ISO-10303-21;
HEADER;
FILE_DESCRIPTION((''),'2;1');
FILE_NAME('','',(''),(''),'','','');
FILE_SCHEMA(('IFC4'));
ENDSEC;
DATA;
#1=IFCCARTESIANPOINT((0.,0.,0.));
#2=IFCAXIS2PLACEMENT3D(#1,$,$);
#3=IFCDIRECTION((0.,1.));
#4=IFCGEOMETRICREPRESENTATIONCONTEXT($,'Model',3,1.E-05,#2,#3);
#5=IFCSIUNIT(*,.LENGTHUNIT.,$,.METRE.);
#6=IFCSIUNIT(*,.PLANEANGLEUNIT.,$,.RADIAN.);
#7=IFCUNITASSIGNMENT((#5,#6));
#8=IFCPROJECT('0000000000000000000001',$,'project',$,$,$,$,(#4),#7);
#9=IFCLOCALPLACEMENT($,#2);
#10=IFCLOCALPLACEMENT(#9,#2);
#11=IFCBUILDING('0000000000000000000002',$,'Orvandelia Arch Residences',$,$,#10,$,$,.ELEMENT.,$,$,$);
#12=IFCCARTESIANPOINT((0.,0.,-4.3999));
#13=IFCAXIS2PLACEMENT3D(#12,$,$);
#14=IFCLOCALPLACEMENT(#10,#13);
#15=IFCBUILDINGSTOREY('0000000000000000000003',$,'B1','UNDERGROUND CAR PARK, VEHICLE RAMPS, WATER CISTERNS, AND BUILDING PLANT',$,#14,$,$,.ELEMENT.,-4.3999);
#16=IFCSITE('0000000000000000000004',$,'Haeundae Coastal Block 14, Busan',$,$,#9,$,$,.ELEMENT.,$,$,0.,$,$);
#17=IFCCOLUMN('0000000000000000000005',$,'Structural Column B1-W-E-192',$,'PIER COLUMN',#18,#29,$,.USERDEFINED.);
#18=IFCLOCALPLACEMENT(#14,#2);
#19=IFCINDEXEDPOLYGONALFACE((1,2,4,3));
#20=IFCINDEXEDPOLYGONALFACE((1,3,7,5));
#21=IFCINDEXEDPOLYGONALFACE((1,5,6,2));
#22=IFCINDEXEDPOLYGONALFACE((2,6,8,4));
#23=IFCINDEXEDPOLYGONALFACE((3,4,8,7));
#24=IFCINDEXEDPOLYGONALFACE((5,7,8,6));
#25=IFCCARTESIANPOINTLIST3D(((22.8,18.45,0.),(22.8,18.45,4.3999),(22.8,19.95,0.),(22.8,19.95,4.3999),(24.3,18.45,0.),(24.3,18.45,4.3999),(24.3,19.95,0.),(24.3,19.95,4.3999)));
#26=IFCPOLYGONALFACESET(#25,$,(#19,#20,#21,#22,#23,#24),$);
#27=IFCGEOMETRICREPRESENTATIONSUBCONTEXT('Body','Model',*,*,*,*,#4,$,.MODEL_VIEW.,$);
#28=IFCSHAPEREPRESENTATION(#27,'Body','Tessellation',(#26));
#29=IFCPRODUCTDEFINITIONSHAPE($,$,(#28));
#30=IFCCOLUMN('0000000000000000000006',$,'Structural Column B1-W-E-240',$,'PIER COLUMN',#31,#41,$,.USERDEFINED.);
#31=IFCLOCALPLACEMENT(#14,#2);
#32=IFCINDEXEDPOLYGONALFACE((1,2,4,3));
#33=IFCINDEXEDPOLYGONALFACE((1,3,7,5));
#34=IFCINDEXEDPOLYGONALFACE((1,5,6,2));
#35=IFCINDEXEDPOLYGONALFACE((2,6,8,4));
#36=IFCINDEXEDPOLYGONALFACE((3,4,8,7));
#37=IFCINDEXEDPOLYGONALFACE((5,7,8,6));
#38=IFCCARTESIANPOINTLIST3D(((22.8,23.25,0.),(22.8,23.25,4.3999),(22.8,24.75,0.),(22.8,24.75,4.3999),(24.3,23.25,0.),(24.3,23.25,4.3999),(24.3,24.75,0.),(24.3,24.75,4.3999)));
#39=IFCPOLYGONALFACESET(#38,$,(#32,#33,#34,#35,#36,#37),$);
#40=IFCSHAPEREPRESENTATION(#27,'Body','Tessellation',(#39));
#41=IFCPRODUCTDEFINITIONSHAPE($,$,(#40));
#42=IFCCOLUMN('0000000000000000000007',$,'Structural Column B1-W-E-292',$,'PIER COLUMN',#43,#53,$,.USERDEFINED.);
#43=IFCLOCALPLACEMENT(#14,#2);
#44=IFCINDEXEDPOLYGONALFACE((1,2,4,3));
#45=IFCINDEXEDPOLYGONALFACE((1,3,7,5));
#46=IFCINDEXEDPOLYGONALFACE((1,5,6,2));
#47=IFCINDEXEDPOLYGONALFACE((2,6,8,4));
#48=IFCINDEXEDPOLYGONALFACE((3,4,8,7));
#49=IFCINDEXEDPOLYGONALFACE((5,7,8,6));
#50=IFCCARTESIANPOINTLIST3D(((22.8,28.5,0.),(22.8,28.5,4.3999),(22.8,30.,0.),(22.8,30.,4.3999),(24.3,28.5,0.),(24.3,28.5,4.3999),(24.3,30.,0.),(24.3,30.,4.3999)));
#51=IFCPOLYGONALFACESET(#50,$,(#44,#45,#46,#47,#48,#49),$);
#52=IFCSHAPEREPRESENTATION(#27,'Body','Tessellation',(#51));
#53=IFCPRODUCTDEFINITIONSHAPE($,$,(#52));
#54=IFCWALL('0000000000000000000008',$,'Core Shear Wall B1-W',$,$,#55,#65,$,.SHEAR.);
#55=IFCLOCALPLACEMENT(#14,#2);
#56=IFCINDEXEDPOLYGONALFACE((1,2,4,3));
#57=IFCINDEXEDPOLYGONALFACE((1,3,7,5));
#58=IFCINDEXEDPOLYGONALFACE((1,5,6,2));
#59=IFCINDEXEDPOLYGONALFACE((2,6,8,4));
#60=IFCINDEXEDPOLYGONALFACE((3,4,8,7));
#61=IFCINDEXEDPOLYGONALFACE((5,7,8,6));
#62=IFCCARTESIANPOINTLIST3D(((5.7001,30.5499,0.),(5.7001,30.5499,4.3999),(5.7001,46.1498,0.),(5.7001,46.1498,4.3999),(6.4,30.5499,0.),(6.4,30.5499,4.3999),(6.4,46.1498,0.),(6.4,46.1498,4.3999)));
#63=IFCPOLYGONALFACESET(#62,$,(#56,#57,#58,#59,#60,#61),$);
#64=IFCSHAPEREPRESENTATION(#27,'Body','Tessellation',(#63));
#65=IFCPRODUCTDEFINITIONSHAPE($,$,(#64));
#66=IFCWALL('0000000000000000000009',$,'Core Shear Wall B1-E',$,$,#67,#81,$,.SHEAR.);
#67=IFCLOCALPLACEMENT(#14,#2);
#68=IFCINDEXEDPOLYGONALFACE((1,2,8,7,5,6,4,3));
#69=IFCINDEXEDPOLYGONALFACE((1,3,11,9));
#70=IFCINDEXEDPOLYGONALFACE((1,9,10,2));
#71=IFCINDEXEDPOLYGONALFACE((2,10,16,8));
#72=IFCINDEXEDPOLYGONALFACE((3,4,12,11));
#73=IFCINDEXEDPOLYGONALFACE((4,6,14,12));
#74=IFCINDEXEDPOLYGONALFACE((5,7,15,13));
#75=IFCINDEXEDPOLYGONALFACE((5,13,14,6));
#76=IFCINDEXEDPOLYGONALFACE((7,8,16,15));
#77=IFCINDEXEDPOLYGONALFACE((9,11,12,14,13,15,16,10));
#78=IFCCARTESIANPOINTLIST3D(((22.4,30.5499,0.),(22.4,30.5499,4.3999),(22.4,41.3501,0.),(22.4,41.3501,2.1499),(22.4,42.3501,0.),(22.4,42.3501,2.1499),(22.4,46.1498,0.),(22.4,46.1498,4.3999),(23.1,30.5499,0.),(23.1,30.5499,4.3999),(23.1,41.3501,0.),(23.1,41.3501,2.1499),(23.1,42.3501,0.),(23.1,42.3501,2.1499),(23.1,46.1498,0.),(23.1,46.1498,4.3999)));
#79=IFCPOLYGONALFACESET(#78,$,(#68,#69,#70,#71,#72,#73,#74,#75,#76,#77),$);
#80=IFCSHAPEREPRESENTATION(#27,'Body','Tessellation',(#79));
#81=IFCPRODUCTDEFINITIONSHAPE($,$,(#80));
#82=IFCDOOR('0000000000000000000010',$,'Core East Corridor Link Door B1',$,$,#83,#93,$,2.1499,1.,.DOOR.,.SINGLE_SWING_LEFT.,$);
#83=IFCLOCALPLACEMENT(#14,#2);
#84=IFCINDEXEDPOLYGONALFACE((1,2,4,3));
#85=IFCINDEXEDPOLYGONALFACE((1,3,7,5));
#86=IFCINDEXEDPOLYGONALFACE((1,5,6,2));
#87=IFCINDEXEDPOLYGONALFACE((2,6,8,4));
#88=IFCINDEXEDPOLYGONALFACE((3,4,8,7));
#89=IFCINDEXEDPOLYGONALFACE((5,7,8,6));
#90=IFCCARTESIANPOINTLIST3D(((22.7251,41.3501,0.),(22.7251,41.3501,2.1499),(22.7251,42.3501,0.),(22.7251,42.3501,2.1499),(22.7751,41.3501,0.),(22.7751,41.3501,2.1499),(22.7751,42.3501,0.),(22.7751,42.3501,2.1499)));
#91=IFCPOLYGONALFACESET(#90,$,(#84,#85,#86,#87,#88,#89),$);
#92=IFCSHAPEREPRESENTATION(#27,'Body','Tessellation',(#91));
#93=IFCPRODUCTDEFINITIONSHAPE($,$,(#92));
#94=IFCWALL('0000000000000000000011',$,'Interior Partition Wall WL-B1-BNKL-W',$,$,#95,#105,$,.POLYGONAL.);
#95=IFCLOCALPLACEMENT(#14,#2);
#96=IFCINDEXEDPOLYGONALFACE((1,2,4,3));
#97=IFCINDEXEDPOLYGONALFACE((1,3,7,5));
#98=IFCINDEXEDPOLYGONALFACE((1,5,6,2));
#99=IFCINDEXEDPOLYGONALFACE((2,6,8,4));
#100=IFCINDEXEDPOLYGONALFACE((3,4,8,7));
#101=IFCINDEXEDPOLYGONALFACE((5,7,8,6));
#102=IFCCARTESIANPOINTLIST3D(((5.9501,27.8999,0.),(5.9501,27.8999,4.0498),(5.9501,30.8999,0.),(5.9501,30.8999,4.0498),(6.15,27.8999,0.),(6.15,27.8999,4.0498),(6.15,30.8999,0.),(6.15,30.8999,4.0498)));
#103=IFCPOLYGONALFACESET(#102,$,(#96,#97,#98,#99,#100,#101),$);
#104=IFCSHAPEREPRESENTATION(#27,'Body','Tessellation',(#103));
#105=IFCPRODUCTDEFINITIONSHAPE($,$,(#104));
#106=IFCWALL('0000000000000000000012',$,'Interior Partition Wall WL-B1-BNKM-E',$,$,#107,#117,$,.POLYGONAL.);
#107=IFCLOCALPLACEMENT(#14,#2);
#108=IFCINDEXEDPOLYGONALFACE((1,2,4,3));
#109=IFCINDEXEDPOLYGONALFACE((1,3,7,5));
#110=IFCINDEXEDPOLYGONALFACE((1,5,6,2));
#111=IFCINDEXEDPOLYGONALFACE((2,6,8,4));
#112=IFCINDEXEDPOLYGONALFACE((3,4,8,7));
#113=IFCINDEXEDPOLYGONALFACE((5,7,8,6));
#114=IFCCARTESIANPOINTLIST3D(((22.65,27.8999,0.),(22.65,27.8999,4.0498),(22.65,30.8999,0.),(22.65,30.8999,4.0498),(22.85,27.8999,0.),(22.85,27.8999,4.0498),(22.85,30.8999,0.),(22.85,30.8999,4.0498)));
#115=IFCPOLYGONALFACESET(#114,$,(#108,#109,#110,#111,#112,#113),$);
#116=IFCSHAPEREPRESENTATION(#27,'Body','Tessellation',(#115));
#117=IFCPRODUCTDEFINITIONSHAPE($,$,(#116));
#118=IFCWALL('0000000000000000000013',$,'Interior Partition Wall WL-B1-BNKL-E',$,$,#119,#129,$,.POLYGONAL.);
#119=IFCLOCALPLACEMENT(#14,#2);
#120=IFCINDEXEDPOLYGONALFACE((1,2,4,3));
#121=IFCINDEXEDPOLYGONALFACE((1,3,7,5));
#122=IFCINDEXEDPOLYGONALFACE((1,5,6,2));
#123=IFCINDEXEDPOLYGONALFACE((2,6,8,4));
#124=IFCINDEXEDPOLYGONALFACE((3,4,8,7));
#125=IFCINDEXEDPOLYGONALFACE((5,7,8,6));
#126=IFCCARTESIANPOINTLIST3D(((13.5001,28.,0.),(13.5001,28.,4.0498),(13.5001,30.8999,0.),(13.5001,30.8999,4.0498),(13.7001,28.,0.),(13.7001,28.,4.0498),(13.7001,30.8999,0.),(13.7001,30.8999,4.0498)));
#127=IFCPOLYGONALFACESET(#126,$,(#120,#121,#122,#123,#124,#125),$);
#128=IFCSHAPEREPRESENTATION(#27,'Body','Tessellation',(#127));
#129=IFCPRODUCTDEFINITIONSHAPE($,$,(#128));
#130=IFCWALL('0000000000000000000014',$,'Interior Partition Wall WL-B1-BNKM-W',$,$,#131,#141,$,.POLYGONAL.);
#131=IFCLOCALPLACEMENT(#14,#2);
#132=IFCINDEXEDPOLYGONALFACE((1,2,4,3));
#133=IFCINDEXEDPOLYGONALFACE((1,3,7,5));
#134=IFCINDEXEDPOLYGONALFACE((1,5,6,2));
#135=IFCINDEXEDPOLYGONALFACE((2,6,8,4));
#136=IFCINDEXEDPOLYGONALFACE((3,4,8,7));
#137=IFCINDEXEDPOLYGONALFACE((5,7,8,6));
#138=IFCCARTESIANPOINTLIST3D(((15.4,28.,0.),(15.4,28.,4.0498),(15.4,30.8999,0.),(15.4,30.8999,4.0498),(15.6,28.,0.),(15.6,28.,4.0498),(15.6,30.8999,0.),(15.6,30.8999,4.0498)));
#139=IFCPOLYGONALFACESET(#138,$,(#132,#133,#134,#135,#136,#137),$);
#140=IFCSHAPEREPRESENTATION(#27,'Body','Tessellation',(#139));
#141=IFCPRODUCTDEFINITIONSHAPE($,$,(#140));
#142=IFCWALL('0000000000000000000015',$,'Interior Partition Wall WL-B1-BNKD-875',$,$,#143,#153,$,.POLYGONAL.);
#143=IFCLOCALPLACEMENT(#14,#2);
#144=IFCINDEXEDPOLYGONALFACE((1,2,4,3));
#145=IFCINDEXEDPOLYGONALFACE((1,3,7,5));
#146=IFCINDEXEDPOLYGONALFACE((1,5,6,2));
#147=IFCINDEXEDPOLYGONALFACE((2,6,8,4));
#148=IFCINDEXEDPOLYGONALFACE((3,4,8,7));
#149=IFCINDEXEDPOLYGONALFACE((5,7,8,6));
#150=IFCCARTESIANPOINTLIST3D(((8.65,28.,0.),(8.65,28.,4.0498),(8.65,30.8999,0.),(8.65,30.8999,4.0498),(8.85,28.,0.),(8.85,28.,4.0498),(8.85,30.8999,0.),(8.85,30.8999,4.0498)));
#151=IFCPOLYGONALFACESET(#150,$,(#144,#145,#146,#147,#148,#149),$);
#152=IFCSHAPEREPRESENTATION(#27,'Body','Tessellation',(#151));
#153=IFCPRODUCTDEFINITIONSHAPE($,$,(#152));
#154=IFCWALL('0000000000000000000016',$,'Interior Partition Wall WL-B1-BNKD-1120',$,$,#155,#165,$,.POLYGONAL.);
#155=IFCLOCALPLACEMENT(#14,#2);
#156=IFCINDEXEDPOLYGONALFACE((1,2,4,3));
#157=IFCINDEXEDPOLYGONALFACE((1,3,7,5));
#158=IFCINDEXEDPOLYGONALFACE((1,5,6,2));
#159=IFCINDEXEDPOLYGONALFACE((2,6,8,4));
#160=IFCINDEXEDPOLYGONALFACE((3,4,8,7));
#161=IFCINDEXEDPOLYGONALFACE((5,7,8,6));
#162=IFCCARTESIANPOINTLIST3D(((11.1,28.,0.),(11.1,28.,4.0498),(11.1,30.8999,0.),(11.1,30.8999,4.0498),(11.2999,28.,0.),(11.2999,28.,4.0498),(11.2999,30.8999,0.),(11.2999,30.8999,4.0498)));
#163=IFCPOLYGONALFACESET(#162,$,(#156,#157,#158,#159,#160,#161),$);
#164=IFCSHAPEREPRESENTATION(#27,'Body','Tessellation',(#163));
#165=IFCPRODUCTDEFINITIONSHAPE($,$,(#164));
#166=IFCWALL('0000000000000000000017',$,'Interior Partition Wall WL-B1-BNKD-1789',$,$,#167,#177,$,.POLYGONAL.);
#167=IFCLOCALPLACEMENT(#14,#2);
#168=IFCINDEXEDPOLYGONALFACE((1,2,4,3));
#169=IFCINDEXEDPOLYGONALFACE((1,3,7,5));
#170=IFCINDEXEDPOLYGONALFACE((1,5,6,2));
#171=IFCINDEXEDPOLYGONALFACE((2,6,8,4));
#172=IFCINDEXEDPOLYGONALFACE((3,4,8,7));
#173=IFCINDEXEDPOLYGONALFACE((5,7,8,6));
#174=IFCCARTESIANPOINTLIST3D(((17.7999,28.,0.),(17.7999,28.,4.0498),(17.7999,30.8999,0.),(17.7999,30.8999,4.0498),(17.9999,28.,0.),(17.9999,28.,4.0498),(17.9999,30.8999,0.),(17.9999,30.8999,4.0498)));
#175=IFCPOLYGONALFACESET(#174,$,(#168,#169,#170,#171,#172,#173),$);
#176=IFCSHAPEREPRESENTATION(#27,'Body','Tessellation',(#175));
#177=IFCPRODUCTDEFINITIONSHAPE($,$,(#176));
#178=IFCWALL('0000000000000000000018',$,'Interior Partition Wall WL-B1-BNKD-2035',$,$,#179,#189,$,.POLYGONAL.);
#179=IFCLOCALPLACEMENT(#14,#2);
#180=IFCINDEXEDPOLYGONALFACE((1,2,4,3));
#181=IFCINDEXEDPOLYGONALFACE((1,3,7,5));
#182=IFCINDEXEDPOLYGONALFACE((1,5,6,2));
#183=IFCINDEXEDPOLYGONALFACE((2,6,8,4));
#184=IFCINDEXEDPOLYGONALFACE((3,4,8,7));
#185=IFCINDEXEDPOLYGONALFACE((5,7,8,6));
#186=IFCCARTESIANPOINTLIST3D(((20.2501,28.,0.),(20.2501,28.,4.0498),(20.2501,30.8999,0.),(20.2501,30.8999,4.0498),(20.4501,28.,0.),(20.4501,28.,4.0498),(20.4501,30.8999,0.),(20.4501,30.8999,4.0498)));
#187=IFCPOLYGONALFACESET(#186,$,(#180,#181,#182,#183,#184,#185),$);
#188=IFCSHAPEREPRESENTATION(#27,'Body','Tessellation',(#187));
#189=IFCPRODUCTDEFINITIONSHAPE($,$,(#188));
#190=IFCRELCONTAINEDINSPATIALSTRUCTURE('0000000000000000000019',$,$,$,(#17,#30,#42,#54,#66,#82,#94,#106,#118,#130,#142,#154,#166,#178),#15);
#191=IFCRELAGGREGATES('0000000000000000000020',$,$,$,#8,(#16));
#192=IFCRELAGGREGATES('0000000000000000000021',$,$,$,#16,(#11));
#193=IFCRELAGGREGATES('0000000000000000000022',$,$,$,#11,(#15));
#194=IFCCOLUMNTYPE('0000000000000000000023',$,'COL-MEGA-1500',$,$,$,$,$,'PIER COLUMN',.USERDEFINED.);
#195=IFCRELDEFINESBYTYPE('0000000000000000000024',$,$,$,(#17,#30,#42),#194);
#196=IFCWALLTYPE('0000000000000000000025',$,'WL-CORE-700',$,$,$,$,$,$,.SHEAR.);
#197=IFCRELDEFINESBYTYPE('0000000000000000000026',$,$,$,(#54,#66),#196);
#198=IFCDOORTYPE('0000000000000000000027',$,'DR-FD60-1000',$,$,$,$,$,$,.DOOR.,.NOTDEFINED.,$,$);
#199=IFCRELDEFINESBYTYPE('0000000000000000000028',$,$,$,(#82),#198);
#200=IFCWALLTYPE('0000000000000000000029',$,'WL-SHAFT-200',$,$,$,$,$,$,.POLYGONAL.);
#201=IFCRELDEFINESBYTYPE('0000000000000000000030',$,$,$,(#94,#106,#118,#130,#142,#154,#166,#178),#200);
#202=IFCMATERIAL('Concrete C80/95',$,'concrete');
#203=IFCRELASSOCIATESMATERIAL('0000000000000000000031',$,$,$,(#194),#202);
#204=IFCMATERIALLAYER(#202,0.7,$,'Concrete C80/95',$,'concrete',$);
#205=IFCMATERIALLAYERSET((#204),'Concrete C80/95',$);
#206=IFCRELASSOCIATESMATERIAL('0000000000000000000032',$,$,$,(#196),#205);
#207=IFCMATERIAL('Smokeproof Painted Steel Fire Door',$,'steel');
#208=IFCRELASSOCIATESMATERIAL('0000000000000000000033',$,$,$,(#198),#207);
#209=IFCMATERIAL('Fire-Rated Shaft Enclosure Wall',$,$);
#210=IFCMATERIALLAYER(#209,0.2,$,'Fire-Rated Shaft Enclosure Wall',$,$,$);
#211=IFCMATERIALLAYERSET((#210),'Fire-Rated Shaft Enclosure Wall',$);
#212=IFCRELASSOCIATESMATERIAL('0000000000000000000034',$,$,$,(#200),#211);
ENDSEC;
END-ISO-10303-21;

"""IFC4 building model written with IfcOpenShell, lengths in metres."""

from ifc_helpers import new_model, si_unit, direction, frame, frame_2d, origin, origin_2d, place, context, subcontext, project, spatial, rectangle, extrude, material, layer, layer_set, material_profile, profile_set, type_object, element, fill, save


model = new_model("IFC4")

# Units and contexts
model_context = context("Model", 3, precision=1e-05, world=origin(), true_north=direction((0.0, 1.0)))
body_context = subcontext(model_context, "Body", "Model", "MODEL_VIEW")
ifc_project = project(units=[si_unit("LENGTHUNIT", "METRE"), si_unit("PLANEANGLEUNIT", "RADIAN")], contexts=[model_context])

# Site, building, storey
site_placement = place(None, origin())
site = spatial("IfcSite", under=ifc_project, at=site_placement, Name="Haeundae Coastal Block 14, Busan", CompositionType="ELEMENT", RefElevation=0.0)
building_placement = place(site_placement, origin())
building = spatial("IfcBuilding", under=site, at=building_placement, Name="Orvandelia Arch Residences", CompositionType="ELEMENT")
storey_placement = place(building_placement, frame((0.0, 0.0, -4.3999)))
storey = spatial("IfcBuildingStorey", under=building, at=storey_placement, Name="B1", Description="UNDERGROUND CAR PARK, VEHICLE RAMPS, WATER CISTERNS, AND BUILDING PLANT", CompositionType="ELEMENT", Elevation=-4.3999)

# Columns
ifc_material_1 = material(Name="Concrete C80/95", Category="concrete")
ifc_material_profile = material_profile(ifc_material_1, rectangle(XDim=1.5, YDim=1.5, at=origin_2d()), Name="Concrete C80/95", Category="concrete")
ifc_profile_set = profile_set([ifc_material_profile], Name="Concrete C80/95")
column_type = type_object("IfcColumnType", Name="COL-MEGA-1500", ElementType="PIER COLUMN", PredefinedType="USERDEFINED", material=ifc_profile_set)
for number, where, z_axis, x_axis, name in (
    (1, (23.55, 19.2, 0.0), (0.0, 0.0, 1.0), (1.0, 0.0, 0.0), "Structural Column B1-W-E-192"),
    (2, (23.55, 24.0, 0.0), (0.0, 0.0, 1.0), (1.0, 0.0, 0.0), "Structural Column B1-W-E-240"),
    (3, (23.55, 29.25, 0.0), (0.0, 0.0, 1.0), (1.0, 0.0, 0.0), "Structural Column B1-W-E-292"),
):
    element("IfcColumn", number, at=place(storey_placement, frame(where, z_axis=z_axis, x_axis=x_axis)), inside=storey, type_object=column_type, Name=name, ObjectType="PIER COLUMN", PredefinedType="USERDEFINED", context=body_context, shape_type="SweptSolid", body=[
        extrude(rectangle(XDim=1.5, YDim=1.5, at=origin_2d()), origin(), (0.0, 0.0, 1.0), 4.3999),
    ])

# Wall
ifc_layer_1 = layer(ifc_material_1, 0.7, Name="Concrete C80/95", Category="concrete")
ifc_layer_set_1 = layer_set([ifc_layer_1], Name="Concrete C80/95")
wall_type_1 = type_object("IfcWallType", Name="WL-CORE-700", PredefinedType="SHEAR", material=ifc_layer_set_1)
wall_1_placement = place(storey_placement, frame((6.05, 30.55, 0.0), z_axis=(0.0, 0.0, 1.0), x_axis=(0.0, 1.0, 0.0)))
element("IfcWall", 4, at=wall_1_placement, inside=storey, type_object=wall_type_1, Name="Core Shear Wall B1-W", PredefinedType="SHEAR", context=body_context, shape_type="SweptSolid", body=[
    extrude(rectangle(XDim=15.5999, YDim=0.7, at=frame_2d((7.7998, 0.0))), origin(), (0.0, 0.0, 1.0), 4.3999),
])

# Wall, opening, door
wall_2_placement = place(storey_placement, frame((22.75, 30.55, 0.0), z_axis=(0.0, 0.0, 1.0), x_axis=(0.0, 1.0, 0.0)))
wall_2 = element("IfcWall", 5, at=wall_2_placement, inside=storey, type_object=wall_type_1, Name="Core Shear Wall B1-E", PredefinedType="SHEAR", context=body_context, shape_type="SweptSolid", body=[
    extrude(rectangle(XDim=15.5999, YDim=0.7, at=frame_2d((7.7998, 0.0))), origin(), (0.0, 0.0, 1.0), 4.3999),
])
opening_1_placement = place(wall_2_placement, frame((10.8, 0.0, 0.0)))
opening_1 = element("IfcOpeningElement", 6, at=opening_1_placement, cuts=wall_2, PredefinedType="OPENING", context=body_context, shape_type="SweptSolid", body=[
    extrude(rectangle(XDim=1.0, YDim=2.1499, at=frame_2d((0.5, 1.075))), frame((0.0, 0.3599, 0.0), z_axis=(0.0, -1.0, 0.0), x_axis=(1.0, 0.0, 0.0)), (0.0, 0.0, 1.0), 0.72),
])
ifc_material_2 = material(Name="Smokeproof Painted Steel Fire Door", Category="steel")
door_type_1 = type_object("IfcDoorType", Name="DR-FD60-1000", OperationType="NOTDEFINED", PredefinedType="DOOR", material=ifc_material_2)
door_1_placement = place(opening_1_placement, origin())
door_1 = element("IfcDoor", 7, at=door_1_placement, inside=storey, type_object=door_type_1, Name="Core East Corridor Link Door B1", OperationType="SINGLE_SWING_LEFT", OverallHeight=2.1499, OverallWidth=1.0, PredefinedType="DOOR", context=body_context, shape_type="SweptSolid", body=[
    extrude(rectangle(XDim=1.0, YDim=2.1499, at=frame_2d((0.5, 1.075))), frame((0.0, 0.0249, 0.0), z_axis=(0.0, -1.0, 0.0), x_axis=(1.0, 0.0, 0.0)), (0.0, 0.0, 1.0), 0.05),
])
fill(opening_1, door_1)

# Shared definitions
ifc_material_3 = material(Name="Fire-Rated Shaft Enclosure Wall")
ifc_layer_2 = layer(ifc_material_3, 0.2, Name="Fire-Rated Shaft Enclosure Wall")
ifc_layer_set_2 = layer_set([ifc_layer_2], Name="Fire-Rated Shaft Enclosure Wall")
wall_type_2 = type_object("IfcWallType", Name="WL-SHAFT-200", PredefinedType="POLYGONAL", material=ifc_layer_set_2)

# Walls
for number, where, z_axis, x_axis, name in (
    (8, (6.05, 27.8999, 0.0), (0.0, 0.0, 1.0), (0.0, 1.0, 0.0), "Interior Partition Wall WL-B1-BNKL-W"),
    (9, (22.75, 27.8999, 0.0), (0.0, 0.0, 1.0), (0.0, 1.0, 0.0), "Interior Partition Wall WL-B1-BNKM-E"),
):
    element("IfcWall", number, at=place(storey_placement, frame(where, z_axis=z_axis, x_axis=x_axis)), inside=storey, type_object=wall_type_2, Name=name, PredefinedType="POLYGONAL", context=body_context, shape_type="SweptSolid", body=[
        extrude(rectangle(XDim=3.0, YDim=0.2, at=frame_2d((1.5, 0.0))), origin(), (0.0, 0.0, 1.0), 4.0498),
    ])
for number, where, z_axis, x_axis, name in (
    (10, (13.6001, 28.0, 0.0), (0.0, 0.0, 1.0), (0.0, 1.0, 0.0), "Interior Partition Wall WL-B1-BNKL-E"),
    (11, (15.5, 28.0, 0.0), (0.0, 0.0, 1.0), (0.0, 1.0, 0.0), "Interior Partition Wall WL-B1-BNKM-W"),
    (12, (8.75, 28.0, 0.0), (0.0, 0.0, 1.0), (0.0, 1.0, 0.0), "Interior Partition Wall WL-B1-BNKD-875"),
    (13, (11.2, 28.0, 0.0), (0.0, 0.0, 1.0), (0.0, 1.0, 0.0), "Interior Partition Wall WL-B1-BNKD-1120"),
    (14, (17.8999, 28.0, 0.0), (0.0, 0.0, 1.0), (0.0, 1.0, 0.0), "Interior Partition Wall WL-B1-BNKD-1789"),
    (15, (20.3501, 28.0, 0.0), (0.0, 0.0, 1.0), (0.0, 1.0, 0.0), "Interior Partition Wall WL-B1-BNKD-2035"),
):
    element("IfcWall", number, at=place(storey_placement, frame(where, z_axis=z_axis, x_axis=x_axis)), inside=storey, type_object=wall_type_2, Name=name, PredefinedType="POLYGONAL", context=body_context, shape_type="SweptSolid", body=[
        extrude(rectangle(XDim=2.8999, YDim=0.2, at=frame_2d((1.45, 0.0))), origin(), (0.0, 0.0, 1.0), 4.0498),
    ])

save(model, "model.ifc")
